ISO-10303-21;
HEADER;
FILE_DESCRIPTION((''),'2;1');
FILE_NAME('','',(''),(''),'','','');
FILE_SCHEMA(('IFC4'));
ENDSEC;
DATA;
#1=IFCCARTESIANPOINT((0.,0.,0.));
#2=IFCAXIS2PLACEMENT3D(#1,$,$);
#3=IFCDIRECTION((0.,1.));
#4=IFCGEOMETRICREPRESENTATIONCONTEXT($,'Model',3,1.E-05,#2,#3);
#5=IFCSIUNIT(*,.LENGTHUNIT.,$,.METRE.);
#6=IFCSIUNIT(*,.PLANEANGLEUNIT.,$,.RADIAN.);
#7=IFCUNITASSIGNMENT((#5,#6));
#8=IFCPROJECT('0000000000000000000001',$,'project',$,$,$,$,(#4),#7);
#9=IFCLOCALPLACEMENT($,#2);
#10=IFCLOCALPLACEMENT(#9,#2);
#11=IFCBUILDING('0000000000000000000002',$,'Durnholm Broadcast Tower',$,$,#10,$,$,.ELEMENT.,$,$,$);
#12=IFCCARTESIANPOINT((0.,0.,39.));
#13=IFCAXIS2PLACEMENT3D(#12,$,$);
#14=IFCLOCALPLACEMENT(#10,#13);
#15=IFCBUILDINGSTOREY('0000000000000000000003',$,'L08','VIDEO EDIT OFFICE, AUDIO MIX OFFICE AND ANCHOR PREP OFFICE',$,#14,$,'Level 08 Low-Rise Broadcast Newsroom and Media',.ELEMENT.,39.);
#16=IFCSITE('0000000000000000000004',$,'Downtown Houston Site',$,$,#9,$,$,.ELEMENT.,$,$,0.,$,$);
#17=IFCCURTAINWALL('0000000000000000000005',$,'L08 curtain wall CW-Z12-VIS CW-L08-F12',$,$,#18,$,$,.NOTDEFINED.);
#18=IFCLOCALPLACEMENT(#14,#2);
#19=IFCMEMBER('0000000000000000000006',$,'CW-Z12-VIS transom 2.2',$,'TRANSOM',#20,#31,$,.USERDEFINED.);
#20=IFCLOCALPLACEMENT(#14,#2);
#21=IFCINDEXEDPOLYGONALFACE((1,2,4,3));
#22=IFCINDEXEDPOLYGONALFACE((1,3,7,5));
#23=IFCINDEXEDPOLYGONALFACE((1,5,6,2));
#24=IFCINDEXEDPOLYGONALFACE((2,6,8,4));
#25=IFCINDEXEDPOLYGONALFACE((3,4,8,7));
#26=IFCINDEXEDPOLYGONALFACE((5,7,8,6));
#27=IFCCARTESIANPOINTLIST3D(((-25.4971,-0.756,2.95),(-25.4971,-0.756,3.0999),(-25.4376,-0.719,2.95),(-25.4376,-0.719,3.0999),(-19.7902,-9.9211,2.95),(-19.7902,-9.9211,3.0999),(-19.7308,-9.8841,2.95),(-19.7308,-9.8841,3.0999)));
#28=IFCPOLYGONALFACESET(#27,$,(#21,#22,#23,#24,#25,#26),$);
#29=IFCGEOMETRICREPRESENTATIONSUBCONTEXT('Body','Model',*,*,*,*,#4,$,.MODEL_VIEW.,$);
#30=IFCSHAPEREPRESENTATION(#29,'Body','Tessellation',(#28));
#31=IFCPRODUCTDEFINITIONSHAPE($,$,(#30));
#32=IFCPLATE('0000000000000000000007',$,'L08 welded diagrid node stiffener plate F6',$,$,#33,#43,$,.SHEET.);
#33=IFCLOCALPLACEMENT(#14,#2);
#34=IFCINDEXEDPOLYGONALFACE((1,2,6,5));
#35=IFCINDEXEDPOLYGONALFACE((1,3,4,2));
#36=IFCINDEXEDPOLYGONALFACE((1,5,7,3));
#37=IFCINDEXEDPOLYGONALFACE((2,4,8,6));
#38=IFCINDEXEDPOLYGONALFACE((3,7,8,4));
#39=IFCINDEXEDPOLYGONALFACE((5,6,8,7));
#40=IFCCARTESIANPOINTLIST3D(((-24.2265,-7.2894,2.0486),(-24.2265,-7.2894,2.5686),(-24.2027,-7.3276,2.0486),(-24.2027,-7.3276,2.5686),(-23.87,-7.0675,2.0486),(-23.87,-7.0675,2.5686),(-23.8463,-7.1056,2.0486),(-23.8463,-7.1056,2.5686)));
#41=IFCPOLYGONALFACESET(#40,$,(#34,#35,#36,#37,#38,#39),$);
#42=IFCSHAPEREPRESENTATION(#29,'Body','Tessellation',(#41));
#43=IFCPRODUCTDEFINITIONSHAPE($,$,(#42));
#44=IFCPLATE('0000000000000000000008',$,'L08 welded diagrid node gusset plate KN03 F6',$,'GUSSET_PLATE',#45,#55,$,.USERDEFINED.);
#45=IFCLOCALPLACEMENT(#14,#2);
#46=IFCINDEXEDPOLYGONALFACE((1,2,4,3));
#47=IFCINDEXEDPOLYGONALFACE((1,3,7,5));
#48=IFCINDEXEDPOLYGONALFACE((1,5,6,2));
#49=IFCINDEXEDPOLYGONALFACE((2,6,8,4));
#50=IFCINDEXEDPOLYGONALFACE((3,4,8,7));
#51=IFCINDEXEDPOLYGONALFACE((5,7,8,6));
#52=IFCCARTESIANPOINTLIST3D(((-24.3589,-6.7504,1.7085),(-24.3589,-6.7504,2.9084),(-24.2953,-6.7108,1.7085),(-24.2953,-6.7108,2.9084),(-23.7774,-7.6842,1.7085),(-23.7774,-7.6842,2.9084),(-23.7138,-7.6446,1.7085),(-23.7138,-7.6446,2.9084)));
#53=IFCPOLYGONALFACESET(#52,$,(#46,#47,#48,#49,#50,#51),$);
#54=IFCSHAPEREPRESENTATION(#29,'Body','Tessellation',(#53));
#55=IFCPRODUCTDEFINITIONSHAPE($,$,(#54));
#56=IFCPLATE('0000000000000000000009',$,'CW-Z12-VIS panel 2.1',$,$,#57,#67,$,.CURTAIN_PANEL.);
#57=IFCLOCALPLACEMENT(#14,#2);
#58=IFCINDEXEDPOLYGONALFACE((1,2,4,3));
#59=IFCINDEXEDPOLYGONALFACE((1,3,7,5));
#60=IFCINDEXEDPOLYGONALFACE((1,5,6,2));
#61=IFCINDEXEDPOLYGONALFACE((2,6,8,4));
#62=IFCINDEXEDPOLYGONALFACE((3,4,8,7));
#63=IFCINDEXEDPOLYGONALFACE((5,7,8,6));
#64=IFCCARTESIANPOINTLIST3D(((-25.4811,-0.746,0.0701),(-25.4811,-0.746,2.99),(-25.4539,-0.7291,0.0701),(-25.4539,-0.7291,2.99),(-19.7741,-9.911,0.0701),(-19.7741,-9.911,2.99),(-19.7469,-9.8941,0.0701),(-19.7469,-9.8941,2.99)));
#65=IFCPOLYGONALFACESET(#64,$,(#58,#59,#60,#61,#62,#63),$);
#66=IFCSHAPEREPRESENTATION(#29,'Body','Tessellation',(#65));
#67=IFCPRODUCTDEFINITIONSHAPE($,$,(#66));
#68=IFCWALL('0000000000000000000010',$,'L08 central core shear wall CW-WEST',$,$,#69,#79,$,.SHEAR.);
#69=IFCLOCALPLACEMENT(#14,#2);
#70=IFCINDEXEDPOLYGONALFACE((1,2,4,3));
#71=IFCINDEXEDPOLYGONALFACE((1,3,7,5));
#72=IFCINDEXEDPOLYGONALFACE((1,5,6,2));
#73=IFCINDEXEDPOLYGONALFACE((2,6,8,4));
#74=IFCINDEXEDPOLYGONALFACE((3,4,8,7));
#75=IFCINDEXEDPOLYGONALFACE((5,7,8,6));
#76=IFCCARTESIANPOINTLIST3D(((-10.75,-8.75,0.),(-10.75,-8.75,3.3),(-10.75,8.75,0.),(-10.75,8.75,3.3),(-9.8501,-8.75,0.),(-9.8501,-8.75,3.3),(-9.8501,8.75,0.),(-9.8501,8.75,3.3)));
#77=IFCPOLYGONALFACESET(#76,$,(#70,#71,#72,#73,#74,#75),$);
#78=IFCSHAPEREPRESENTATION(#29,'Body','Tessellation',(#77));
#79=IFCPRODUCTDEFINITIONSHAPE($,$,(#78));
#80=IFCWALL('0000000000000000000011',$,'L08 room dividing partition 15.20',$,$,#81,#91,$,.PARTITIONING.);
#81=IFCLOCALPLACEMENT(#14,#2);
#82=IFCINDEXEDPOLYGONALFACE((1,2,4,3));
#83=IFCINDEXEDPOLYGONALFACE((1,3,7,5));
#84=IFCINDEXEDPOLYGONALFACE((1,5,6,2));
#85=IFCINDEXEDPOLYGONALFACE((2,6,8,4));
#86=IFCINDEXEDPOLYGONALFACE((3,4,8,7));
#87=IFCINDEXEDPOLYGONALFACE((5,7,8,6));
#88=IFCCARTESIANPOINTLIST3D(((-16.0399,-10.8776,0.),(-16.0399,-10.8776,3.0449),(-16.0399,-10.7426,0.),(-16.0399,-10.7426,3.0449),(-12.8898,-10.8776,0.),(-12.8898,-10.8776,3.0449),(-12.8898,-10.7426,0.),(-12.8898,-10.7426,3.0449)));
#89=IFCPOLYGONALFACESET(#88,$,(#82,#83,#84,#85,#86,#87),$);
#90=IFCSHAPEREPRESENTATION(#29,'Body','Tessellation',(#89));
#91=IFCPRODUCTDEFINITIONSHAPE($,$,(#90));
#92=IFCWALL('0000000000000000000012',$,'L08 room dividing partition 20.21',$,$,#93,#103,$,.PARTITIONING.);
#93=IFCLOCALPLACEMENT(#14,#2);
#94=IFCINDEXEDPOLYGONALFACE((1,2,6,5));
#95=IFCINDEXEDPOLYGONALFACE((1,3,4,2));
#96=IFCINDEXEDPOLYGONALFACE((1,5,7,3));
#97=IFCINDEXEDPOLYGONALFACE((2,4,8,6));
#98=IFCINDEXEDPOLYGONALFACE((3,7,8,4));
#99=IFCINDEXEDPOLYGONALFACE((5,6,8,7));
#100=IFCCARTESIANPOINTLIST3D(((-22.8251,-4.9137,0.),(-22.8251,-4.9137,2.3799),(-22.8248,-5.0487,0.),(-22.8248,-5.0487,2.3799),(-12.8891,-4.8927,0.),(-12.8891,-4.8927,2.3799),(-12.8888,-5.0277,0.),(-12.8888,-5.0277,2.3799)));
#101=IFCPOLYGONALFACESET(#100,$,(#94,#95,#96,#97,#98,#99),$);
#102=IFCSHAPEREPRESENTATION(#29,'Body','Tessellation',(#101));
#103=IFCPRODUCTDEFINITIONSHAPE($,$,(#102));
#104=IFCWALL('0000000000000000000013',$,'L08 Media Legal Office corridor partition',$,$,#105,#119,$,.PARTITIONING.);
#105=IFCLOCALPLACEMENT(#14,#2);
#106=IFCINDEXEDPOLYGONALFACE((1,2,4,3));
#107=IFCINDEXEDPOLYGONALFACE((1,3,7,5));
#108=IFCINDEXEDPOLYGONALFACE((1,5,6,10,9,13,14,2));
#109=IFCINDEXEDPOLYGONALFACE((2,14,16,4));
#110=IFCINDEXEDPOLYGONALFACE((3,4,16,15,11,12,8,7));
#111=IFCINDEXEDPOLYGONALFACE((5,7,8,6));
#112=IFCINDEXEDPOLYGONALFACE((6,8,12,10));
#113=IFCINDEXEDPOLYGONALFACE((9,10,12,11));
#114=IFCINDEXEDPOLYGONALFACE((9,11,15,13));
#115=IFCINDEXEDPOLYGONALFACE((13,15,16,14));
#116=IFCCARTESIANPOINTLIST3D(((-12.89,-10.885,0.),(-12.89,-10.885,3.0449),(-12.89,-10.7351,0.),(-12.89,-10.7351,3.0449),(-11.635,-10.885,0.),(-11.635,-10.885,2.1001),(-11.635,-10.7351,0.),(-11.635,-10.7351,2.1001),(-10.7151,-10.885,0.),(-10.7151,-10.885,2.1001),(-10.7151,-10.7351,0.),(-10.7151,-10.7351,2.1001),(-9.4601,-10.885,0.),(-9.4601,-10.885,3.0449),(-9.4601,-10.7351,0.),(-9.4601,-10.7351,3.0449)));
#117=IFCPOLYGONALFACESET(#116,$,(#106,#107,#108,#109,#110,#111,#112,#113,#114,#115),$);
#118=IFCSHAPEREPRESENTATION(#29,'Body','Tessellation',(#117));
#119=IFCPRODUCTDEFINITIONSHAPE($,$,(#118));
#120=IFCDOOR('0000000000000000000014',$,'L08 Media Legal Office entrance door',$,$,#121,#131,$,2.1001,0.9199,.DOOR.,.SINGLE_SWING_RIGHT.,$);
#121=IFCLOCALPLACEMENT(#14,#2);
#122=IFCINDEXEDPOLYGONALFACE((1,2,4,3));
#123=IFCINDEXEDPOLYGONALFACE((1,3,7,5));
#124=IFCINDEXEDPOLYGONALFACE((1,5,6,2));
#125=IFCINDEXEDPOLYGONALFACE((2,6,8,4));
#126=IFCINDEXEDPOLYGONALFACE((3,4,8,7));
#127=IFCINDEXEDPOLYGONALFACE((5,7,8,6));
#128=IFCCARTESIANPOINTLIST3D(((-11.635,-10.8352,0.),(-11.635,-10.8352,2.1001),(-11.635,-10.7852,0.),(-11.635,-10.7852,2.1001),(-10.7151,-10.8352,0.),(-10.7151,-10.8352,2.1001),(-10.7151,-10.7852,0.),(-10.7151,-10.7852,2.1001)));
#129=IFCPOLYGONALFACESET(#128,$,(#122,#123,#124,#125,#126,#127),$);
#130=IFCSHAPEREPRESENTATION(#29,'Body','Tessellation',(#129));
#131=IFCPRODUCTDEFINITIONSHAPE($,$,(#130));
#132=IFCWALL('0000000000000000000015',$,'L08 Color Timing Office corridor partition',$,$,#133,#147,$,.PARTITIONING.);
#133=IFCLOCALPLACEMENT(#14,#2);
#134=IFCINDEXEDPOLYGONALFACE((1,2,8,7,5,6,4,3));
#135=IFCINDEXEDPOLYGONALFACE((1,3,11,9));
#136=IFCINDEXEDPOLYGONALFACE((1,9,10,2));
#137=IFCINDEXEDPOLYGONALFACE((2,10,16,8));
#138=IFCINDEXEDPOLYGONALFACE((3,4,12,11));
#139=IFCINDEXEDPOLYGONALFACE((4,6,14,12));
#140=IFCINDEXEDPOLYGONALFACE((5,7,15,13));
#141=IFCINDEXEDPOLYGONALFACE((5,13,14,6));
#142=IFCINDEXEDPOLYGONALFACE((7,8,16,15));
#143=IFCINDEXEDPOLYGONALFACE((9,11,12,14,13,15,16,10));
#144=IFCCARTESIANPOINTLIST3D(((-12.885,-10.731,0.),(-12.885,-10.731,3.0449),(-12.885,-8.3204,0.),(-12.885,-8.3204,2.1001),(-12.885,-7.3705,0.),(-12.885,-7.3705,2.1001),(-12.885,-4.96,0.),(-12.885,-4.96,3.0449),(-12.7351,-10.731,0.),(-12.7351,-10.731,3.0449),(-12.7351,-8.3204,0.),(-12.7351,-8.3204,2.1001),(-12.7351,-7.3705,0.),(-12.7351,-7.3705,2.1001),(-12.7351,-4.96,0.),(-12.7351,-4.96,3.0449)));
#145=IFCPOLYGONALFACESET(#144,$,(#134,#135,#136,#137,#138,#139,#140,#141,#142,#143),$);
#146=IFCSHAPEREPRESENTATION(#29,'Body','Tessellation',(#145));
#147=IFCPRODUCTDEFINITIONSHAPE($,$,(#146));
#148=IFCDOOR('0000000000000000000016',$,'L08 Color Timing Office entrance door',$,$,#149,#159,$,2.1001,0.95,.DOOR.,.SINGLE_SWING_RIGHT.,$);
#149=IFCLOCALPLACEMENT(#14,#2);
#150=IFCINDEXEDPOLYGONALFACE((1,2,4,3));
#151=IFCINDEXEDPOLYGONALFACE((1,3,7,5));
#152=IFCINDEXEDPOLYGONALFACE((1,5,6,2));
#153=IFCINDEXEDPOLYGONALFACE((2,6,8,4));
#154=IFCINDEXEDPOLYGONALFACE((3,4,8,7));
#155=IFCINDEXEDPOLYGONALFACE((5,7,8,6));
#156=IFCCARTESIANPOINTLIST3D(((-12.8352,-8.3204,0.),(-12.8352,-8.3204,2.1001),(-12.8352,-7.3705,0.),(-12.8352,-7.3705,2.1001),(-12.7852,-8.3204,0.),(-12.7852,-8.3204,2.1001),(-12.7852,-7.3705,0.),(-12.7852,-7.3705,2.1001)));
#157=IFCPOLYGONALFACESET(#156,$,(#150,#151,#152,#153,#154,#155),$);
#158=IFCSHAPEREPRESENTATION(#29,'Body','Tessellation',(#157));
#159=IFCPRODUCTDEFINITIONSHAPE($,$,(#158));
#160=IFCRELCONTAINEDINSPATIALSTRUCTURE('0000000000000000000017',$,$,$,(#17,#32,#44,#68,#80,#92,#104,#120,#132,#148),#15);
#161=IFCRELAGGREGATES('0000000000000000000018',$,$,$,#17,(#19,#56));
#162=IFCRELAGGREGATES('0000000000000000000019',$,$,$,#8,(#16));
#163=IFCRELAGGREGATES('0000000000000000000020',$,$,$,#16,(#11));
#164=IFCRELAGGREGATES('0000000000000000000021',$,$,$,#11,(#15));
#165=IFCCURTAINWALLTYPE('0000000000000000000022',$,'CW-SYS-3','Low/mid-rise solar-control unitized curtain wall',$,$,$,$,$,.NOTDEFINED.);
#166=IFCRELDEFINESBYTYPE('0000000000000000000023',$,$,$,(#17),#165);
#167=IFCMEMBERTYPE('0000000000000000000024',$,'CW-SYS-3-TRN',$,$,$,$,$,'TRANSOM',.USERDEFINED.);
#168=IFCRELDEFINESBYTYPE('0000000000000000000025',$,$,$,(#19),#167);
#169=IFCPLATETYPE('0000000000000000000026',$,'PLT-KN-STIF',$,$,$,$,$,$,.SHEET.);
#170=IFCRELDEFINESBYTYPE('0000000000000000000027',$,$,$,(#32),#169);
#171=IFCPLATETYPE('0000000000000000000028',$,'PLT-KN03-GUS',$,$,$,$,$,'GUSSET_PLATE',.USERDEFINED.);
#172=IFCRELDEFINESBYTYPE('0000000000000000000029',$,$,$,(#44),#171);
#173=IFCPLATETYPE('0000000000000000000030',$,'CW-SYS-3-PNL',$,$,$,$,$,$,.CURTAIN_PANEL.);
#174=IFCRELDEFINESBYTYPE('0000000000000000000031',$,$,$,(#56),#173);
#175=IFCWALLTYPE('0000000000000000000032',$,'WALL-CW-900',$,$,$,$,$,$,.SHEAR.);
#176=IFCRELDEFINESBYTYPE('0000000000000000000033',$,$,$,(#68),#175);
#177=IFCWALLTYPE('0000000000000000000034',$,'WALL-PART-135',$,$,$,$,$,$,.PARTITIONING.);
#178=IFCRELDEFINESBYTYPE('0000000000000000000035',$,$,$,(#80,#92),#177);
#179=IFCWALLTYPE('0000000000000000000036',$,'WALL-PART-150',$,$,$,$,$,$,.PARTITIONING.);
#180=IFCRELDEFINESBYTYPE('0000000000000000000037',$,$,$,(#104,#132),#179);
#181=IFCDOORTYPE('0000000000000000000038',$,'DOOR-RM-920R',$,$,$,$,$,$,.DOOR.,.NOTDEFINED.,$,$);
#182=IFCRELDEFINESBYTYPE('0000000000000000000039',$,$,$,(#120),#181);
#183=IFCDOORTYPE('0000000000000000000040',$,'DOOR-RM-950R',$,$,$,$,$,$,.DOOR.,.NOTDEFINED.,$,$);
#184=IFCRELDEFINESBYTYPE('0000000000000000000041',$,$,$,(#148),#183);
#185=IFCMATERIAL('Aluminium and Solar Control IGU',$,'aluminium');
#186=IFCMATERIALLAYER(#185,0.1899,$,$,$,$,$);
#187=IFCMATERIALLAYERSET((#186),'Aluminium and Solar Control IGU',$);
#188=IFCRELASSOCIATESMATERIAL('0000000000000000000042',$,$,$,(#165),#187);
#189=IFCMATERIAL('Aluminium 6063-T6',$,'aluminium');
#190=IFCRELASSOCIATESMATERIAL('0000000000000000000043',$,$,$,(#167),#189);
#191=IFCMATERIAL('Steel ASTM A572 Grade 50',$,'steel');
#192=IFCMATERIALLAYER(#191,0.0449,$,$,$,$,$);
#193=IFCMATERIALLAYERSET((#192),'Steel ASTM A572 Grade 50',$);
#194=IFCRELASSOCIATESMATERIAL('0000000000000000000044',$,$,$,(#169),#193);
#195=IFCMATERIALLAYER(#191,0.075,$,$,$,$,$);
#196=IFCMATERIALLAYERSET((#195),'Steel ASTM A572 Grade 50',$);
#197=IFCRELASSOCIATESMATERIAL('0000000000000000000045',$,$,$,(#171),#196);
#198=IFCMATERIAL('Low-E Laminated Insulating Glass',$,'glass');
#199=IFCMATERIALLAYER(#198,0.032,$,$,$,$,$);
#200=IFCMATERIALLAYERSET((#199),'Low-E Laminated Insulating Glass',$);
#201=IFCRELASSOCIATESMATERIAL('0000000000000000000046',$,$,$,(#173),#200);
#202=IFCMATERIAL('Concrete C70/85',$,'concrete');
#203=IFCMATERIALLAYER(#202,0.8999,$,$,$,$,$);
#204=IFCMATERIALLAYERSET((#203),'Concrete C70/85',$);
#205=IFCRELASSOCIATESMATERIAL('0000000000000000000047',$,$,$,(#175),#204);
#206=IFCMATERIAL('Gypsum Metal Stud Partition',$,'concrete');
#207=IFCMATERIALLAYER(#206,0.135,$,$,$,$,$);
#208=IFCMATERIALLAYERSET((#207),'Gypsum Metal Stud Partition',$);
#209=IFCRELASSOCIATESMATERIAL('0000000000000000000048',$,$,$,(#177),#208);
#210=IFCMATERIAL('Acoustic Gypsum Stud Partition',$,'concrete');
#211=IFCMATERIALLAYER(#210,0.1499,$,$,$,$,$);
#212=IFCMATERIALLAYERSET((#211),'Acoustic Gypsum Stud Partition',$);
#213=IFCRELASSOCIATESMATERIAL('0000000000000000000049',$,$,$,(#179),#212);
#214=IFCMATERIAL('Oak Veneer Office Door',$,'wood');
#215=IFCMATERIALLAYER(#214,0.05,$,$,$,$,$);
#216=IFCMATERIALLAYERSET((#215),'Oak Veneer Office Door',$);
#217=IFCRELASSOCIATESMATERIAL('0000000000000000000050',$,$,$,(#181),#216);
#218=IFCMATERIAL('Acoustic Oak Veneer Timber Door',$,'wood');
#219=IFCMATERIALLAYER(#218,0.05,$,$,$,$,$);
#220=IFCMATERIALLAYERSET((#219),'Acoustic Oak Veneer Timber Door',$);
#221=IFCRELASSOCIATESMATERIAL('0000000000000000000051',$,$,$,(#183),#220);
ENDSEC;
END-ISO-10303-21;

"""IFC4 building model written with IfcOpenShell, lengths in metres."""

from ifc_helpers import new_model, si_unit, direction, frame, frame_2d, origin, origin_2d, place, context, subcontext, project, spatial, rectangle, extrude, source, transform, mapped, material, layer, layer_set, material_profile, profile_set, type_object, type_shapes, element, fill, aggregate, save


model = new_model("IFC4")

# Units and contexts
model_context = context("Model", 3, precision=1e-05, world=origin(), true_north=direction((0.0, 1.0)))
body_context = subcontext(model_context, "Body", "Model", "MODEL_VIEW")
ifc_project = project(units=[si_unit("LENGTHUNIT", "METRE"), si_unit("PLANEANGLEUNIT", "RADIAN")], contexts=[model_context])

# Site, building, storey
site_placement = place(None, origin())
site = spatial("IfcSite", under=ifc_project, at=site_placement, Name="Downtown Houston Site", CompositionType="ELEMENT", RefElevation=0.0)
building_placement = place(site_placement, origin())
building = spatial("IfcBuilding", under=site, at=building_placement, Name="Durnholm Broadcast Tower", CompositionType="ELEMENT")
storey_placement = place(building_placement, frame((0.0, 0.0, 39.0)))
storey = spatial("IfcBuildingStorey", under=building, at=storey_placement, Name="L08", Description="VIDEO EDIT OFFICE, AUDIO MIX OFFICE AND ANCHOR PREP OFFICE", LongName="Level 08 Low-Rise Broadcast Newsroom and Media", CompositionType="ELEMENT", Elevation=39.0)

# Shared definitions
ifc_material_1 = material(Name="Concrete C70/85", Category="concrete")

# Curtain wall, member
ifc_material_2 = material(Name="Aluminium and Solar Control IGU", Category="aluminium")
ifc_material_3 = material(Name="Aluminium 6063-T6", Category="aluminium")
ifc_layer_1 = layer(ifc_material_2, 0.1899)
ifc_layer_set_1 = layer_set([ifc_layer_1], Name="Aluminium and Solar Control IGU")
curtain_wall_type_1 = type_object("IfcCurtainWallType", Name="CW-SYS-3", Description="Low/mid-rise solar-control unitized curtain wall", PredefinedType="NOTDEFINED", material=ifc_layer_set_1)
curtain_wall_1_placement = place(storey_placement, origin())
curtain_wall_1 = element("IfcCurtainWall", 1, at=curtain_wall_1_placement, inside=storey, type_object=curtain_wall_type_1, Name="L08 curtain wall CW-Z12-VIS CW-L08-F12", PredefinedType="NOTDEFINED")
ifc_material_profile_1 = material_profile(ifc_material_3, rectangle(XDim=0.0701, YDim=0.1499, at=origin_2d()), Name="CWT70X150")
ifc_profile_set_1 = profile_set([ifc_material_profile_1], Name="Aluminium 6063-T6")
member_type_1 = type_object("IfcMemberType", Name="CW-SYS-3-TRN", ElementType="TRANSOM", PredefinedType="USERDEFINED", material=ifc_profile_set_1)
shared_shape_1 = source(origin(), body_context, "Body", "SweptSolid", [
    extrude(rectangle(XDim=0.0701, YDim=0.1499, at=origin_2d()), origin(), (0.0, 0.0, 1.0), 10.7966),
])
type_shapes(member_type_1, [shared_shape_1])
member_1_placement = place(storey_placement, frame((-19.7605, -9.9026, 3.0249), z_axis=(-0.528575, 0.848886, 0.0), x_axis=(-0.848886, -0.528575, 0.0)))
member_1 = element("IfcMember", 2, at=member_1_placement, type_object=member_type_1, Name="CW-Z12-VIS transom 2.2", ObjectType="TRANSOM", PredefinedType="USERDEFINED", context=body_context, shape_type="MappedRepresentation", body=[
    mapped(shared_shape_1, transform((0.0, 0.0, 0.0), x_axis=(1.0, 0.0, 0.0), y_axis=(0.0, 1.0, 0.0), z_axis=(0.0, 0.0, 1.0), scale=1.0)),
])

# Plates
ifc_material_4 = material(Name="Steel ASTM A572 Grade 50", Category="steel")
ifc_layer_2 = layer(ifc_material_4, 0.0449)
ifc_layer_set_2 = layer_set([ifc_layer_2], Name="Steel ASTM A572 Grade 50")
plate_type_1 = type_object("IfcPlateType", Name="PLT-KN-STIF", PredefinedType="SHEET", material=ifc_layer_set_2)
shared_shape_2 = source(origin(), body_context, "Body", "SweptSolid", [
    extrude(rectangle(XDim=0.0449, YDim=0.4199, at=origin_2d()), origin(), (0.0, 0.0, 1.0), 0.52),
])
type_shapes(plate_type_1, [shared_shape_2])
plate_1_placement = place(storey_placement, frame((-24.0364, -7.1975, 2.0486), z_axis=(0.0, 0.0, 1.0), x_axis=(0.528587, -0.848879, 0.0)))
element("IfcPlate", 3, at=plate_1_placement, inside=storey, type_object=plate_type_1, Name="L08 welded diagrid node stiffener plate F6", PredefinedType="SHEET", context=body_context, shape_type="MappedRepresentation", body=[
    mapped(shared_shape_2, transform((0.0, 0.0, 0.0), x_axis=(1.0, 0.0, 0.0), y_axis=(0.0, 1.0, 0.0), z_axis=(0.0, 0.0, 1.0), scale=1.0)),
])
ifc_layer_3 = layer(ifc_material_4, 0.075)
ifc_layer_set_3 = layer_set([ifc_layer_3], Name="Steel ASTM A572 Grade 50")
plate_type_2 = type_object("IfcPlateType", Name="PLT-KN03-GUS", ElementType="GUSSET_PLATE", PredefinedType="USERDEFINED", material=ifc_layer_set_3)
shared_shape_3 = source(origin(), body_context, "Body", "SweptSolid", [
    extrude(rectangle(XDim=1.1001, YDim=0.075, at=origin_2d()), origin(), (0.0, 0.0, 1.0), 1.2),
])
type_shapes(plate_type_2, [shared_shape_3])
plate_2_placement = place(storey_placement, frame((-24.0364, -7.1975, 1.7085), z_axis=(0.0, 0.0, 1.0), x_axis=(0.528587, -0.848879, 0.0)))
element("IfcPlate", 4, at=plate_2_placement, inside=storey, type_object=plate_type_2, Name="L08 welded diagrid node gusset plate KN03 F6", ObjectType="GUSSET_PLATE", PredefinedType="USERDEFINED", context=body_context, shape_type="MappedRepresentation", body=[
    mapped(shared_shape_3, transform((0.0, 0.0, 0.0), x_axis=(1.0, 0.0, 0.0), y_axis=(0.0, 1.0, 0.0), z_axis=(0.0, 0.0, 1.0), scale=1.0)),
])

# Plate
ifc_material_5 = material(Name="Low-E Laminated Insulating Glass", Category="glass")
ifc_layer_4 = layer(ifc_material_5, 0.032)
ifc_layer_set_4 = layer_set([ifc_layer_4], Name="Low-E Laminated Insulating Glass")
plate_type_3 = type_object("IfcPlateType", Name="CW-SYS-3-PNL", PredefinedType="CURTAIN_PANEL", material=ifc_layer_set_4)
shared_shape_4 = source(origin(), body_context, "Body", "SweptSolid", [
    extrude(rectangle(XDim=10.7966, YDim=0.032, at=origin_2d()), origin(), (0.0, 0.0, 1.0), 2.9199),
])
type_shapes(plate_type_3, [shared_shape_4])
plate_3_placement = place(storey_placement, frame((-22.614, -5.3201, 0.0701), z_axis=(0.0, 0.0, 1.0), x_axis=(-0.528592, 0.848876, 0.0)))
plate_3 = element("IfcPlate", 5, at=plate_3_placement, type_object=plate_type_3, Name="CW-Z12-VIS panel 2.1", PredefinedType="CURTAIN_PANEL", context=body_context, shape_type="MappedRepresentation", body=[
    mapped(shared_shape_4, transform((0.0, 0.0, 0.0), x_axis=(1.0, 0.0, 0.0), y_axis=(0.0, 1.0, 0.0), z_axis=(0.0, 0.0, 1.0), scale=1.0)),
])
aggregate(curtain_wall_1, [member_1, plate_3])

# Walls
ifc_layer_5 = layer(ifc_material_1, 0.8999)
ifc_layer_set_5 = layer_set([ifc_layer_5], Name="Concrete C70/85")
wall_type_1 = type_object("IfcWallType", Name="WALL-CW-900", PredefinedType="SHEAR", material=ifc_layer_set_5)
wall_1_placement = place(storey_placement, frame((-10.3, -8.75, 0.0), z_axis=(0.0, 0.0, 1.0), x_axis=(0.0, 1.0, 0.0)))
element("IfcWall", 6, at=wall_1_placement, inside=storey, type_object=wall_type_1, Name="L08 central core shear wall CW-WEST", PredefinedType="SHEAR", context=body_context, shape_type="SweptSolid", body=[
    extrude(rectangle(XDim=17.5, YDim=0.8999, at=frame_2d((8.75, 0.0))), origin(), (0.0, 0.0, 1.0), 3.3),
])
ifc_material_6 = material(Name="Gypsum Metal Stud Partition", Category="concrete")
ifc_layer_6 = layer(ifc_material_6, 0.135)
ifc_layer_set_6 = layer_set([ifc_layer_6], Name="Gypsum Metal Stud Partition")
wall_type_2 = type_object("IfcWallType", Name="WALL-PART-135", PredefinedType="PARTITIONING", material=ifc_layer_set_6)
wall_2_placement = place(storey_placement, frame((-16.04, -10.8101, 0.0), z_axis=(0.0, 0.0, 1.0), x_axis=(1.0, 0.0, 0.0)))
element("IfcWall", 7, at=wall_2_placement, inside=storey, type_object=wall_type_2, Name="L08 room dividing partition 15.20", PredefinedType="PARTITIONING", context=body_context, shape_type="SweptSolid", body=[
    extrude(rectangle(XDim=3.1501, YDim=0.135, at=frame_2d((1.5752, 0.0))), origin(), (0.0, 0.0, 1.0), 3.0449),
])
wall_3_placement = place(storey_placement, frame((-22.825, -4.9812, 0.0), z_axis=(0.0, 0.0, 1.0), x_axis=(0.999998, 0.002113, 0.0)))
element("IfcWall", 8, at=wall_3_placement, inside=storey, type_object=wall_type_2, Name="L08 room dividing partition 20.21", PredefinedType="PARTITIONING", context=body_context, shape_type="SweptSolid", body=[
    extrude(rectangle(XDim=9.936, YDim=0.135, at=frame_2d((4.968, 0.0))), origin(), (0.0, 0.0, 1.0), 2.3799),
])

# Walls, openings, doors
ifc_material_7 = material(Name="Acoustic Gypsum Stud Partition", Category="concrete")
ifc_layer_7 = layer(ifc_material_7, 0.1499)
ifc_layer_set_7 = layer_set([ifc_layer_7], Name="Acoustic Gypsum Stud Partition")
wall_type_3 = type_object("IfcWallType", Name="WALL-PART-150", PredefinedType="PARTITIONING", material=ifc_layer_set_7)
wall_4_placement = place(storey_placement, frame((-12.8899, -10.8101, 0.0), z_axis=(0.0, 0.0, 1.0), x_axis=(1.0, 0.0, 0.0)))
wall_4 = element("IfcWall", 9, at=wall_4_placement, inside=storey, type_object=wall_type_3, Name="L08 Media Legal Office corridor partition", PredefinedType="PARTITIONING", context=body_context, shape_type="SweptSolid", body=[
    extrude(rectangle(XDim=3.4299, YDim=0.1499, at=frame_2d((1.7148, 0.0))), origin(), (0.0, 0.0, 1.0), 3.0449),
])
opening_1_placement = place(wall_4_placement, frame((1.2549, 0.0, 0.0)))
opening_1 = element("IfcOpeningElement", 10, at=opening_1_placement, cuts=wall_4, PredefinedType="OPENING", context=body_context, shape_type="SweptSolid", body=[
    extrude(rectangle(XDim=0.9199, YDim=2.1001, at=frame_2d((0.46, 1.05))), frame((0.0, 0.085, 0.0), z_axis=(0.0, -1.0, 0.0), x_axis=(1.0, 0.0, 0.0)), (0.0, 0.0, 1.0), 0.1699),
])
ifc_material_8 = material(Name="Oak Veneer Office Door", Category="wood")
ifc_layer_8 = layer(ifc_material_8, 0.05)
ifc_layer_set_8 = layer_set([ifc_layer_8], Name="Oak Veneer Office Door")
door_type_1 = type_object("IfcDoorType", Name="DOOR-RM-920R", OperationType="NOTDEFINED", PredefinedType="DOOR", material=ifc_layer_set_8)
shared_shape_5 = source(origin(), body_context, "Body", "SweptSolid", [
    extrude(rectangle(XDim=0.9199, YDim=2.1001, at=frame_2d((0.46, 1.05))), frame((0.0, 0.0249, 0.0), z_axis=(0.0, -1.0, 0.0), x_axis=(1.0, 0.0, 0.0)), (0.0, 0.0, 1.0), 0.05),
])
type_shapes(door_type_1, [shared_shape_5])
door_1_placement = place(opening_1_placement, origin())
door_1 = element("IfcDoor", 11, at=door_1_placement, inside=storey, type_object=door_type_1, Name="L08 Media Legal Office entrance door", OperationType="SINGLE_SWING_RIGHT", OverallHeight=2.1001, OverallWidth=0.9199, PredefinedType="DOOR", context=body_context, shape_type="MappedRepresentation", body=[
    mapped(shared_shape_5, transform((0.0, 0.0, 0.0), x_axis=(1.0, 0.0, 0.0), y_axis=(0.0, 1.0, 0.0), z_axis=(0.0, 0.0, 1.0), scale=1.0)),
])
fill(opening_1, door_1)
wall_5_placement = place(storey_placement, frame((-12.8101, -4.96, 0.0), z_axis=(0.0, 0.0, 1.0), x_axis=(0.0, -1.0, 0.0)))
wall_5 = element("IfcWall", 12, at=wall_5_placement, inside=storey, type_object=wall_type_3, Name="L08 Color Timing Office corridor partition", PredefinedType="PARTITIONING", context=body_context, shape_type="SweptSolid", body=[
    extrude(rectangle(XDim=5.771, YDim=0.1499, at=frame_2d((2.8855, 0.0))), origin(), (0.0, 0.0, 1.0), 3.0449),
])
opening_2_placement = place(wall_5_placement, frame((2.4104, 0.0, 0.0)))
opening_2 = element("IfcOpeningElement", 13, at=opening_2_placement, cuts=wall_5, PredefinedType="OPENING", context=body_context, shape_type="SweptSolid", body=[
    extrude(rectangle(XDim=0.95, YDim=2.1001, at=frame_2d((0.4751, 1.05))), frame((0.0, 0.085, 0.0), z_axis=(0.0, -1.0, 0.0), x_axis=(1.0, 0.0, 0.0)), (0.0, 0.0, 1.0), 0.1699),
])
ifc_material_9 = material(Name="Acoustic Oak Veneer Timber Door", Category="wood")
ifc_layer_9 = layer(ifc_material_9, 0.05)
ifc_layer_set_9 = layer_set([ifc_layer_9], Name="Acoustic Oak Veneer Timber Door")
door_type_2 = type_object("IfcDoorType", Name="DOOR-RM-950R", OperationType="NOTDEFINED", PredefinedType="DOOR", material=ifc_layer_set_9)
shared_shape_6 = source(origin(), body_context, "Body", "SweptSolid", [
    extrude(rectangle(XDim=0.95, YDim=2.1001, at=frame_2d((0.4751, 1.05))), frame((0.0, 0.0249, 0.0), z_axis=(0.0, -1.0, 0.0), x_axis=(1.0, 0.0, 0.0)), (0.0, 0.0, 1.0), 0.05),
])
type_shapes(door_type_2, [shared_shape_6])
door_2_placement = place(opening_2_placement, origin())
door_2 = element("IfcDoor", 14, at=door_2_placement, inside=storey, type_object=door_type_2, Name="L08 Color Timing Office entrance door", OperationType="SINGLE_SWING_RIGHT", OverallHeight=2.1001, OverallWidth=0.95, PredefinedType="DOOR", context=body_context, shape_type="MappedRepresentation", body=[
    mapped(shared_shape_6, transform((0.0, 0.0, 0.0), x_axis=(1.0, 0.0, 0.0), y_axis=(0.0, 1.0, 0.0), z_axis=(0.0, 0.0, 1.0), scale=1.0)),
])
fill(opening_2, door_2)

save(model, "model.ifc")
